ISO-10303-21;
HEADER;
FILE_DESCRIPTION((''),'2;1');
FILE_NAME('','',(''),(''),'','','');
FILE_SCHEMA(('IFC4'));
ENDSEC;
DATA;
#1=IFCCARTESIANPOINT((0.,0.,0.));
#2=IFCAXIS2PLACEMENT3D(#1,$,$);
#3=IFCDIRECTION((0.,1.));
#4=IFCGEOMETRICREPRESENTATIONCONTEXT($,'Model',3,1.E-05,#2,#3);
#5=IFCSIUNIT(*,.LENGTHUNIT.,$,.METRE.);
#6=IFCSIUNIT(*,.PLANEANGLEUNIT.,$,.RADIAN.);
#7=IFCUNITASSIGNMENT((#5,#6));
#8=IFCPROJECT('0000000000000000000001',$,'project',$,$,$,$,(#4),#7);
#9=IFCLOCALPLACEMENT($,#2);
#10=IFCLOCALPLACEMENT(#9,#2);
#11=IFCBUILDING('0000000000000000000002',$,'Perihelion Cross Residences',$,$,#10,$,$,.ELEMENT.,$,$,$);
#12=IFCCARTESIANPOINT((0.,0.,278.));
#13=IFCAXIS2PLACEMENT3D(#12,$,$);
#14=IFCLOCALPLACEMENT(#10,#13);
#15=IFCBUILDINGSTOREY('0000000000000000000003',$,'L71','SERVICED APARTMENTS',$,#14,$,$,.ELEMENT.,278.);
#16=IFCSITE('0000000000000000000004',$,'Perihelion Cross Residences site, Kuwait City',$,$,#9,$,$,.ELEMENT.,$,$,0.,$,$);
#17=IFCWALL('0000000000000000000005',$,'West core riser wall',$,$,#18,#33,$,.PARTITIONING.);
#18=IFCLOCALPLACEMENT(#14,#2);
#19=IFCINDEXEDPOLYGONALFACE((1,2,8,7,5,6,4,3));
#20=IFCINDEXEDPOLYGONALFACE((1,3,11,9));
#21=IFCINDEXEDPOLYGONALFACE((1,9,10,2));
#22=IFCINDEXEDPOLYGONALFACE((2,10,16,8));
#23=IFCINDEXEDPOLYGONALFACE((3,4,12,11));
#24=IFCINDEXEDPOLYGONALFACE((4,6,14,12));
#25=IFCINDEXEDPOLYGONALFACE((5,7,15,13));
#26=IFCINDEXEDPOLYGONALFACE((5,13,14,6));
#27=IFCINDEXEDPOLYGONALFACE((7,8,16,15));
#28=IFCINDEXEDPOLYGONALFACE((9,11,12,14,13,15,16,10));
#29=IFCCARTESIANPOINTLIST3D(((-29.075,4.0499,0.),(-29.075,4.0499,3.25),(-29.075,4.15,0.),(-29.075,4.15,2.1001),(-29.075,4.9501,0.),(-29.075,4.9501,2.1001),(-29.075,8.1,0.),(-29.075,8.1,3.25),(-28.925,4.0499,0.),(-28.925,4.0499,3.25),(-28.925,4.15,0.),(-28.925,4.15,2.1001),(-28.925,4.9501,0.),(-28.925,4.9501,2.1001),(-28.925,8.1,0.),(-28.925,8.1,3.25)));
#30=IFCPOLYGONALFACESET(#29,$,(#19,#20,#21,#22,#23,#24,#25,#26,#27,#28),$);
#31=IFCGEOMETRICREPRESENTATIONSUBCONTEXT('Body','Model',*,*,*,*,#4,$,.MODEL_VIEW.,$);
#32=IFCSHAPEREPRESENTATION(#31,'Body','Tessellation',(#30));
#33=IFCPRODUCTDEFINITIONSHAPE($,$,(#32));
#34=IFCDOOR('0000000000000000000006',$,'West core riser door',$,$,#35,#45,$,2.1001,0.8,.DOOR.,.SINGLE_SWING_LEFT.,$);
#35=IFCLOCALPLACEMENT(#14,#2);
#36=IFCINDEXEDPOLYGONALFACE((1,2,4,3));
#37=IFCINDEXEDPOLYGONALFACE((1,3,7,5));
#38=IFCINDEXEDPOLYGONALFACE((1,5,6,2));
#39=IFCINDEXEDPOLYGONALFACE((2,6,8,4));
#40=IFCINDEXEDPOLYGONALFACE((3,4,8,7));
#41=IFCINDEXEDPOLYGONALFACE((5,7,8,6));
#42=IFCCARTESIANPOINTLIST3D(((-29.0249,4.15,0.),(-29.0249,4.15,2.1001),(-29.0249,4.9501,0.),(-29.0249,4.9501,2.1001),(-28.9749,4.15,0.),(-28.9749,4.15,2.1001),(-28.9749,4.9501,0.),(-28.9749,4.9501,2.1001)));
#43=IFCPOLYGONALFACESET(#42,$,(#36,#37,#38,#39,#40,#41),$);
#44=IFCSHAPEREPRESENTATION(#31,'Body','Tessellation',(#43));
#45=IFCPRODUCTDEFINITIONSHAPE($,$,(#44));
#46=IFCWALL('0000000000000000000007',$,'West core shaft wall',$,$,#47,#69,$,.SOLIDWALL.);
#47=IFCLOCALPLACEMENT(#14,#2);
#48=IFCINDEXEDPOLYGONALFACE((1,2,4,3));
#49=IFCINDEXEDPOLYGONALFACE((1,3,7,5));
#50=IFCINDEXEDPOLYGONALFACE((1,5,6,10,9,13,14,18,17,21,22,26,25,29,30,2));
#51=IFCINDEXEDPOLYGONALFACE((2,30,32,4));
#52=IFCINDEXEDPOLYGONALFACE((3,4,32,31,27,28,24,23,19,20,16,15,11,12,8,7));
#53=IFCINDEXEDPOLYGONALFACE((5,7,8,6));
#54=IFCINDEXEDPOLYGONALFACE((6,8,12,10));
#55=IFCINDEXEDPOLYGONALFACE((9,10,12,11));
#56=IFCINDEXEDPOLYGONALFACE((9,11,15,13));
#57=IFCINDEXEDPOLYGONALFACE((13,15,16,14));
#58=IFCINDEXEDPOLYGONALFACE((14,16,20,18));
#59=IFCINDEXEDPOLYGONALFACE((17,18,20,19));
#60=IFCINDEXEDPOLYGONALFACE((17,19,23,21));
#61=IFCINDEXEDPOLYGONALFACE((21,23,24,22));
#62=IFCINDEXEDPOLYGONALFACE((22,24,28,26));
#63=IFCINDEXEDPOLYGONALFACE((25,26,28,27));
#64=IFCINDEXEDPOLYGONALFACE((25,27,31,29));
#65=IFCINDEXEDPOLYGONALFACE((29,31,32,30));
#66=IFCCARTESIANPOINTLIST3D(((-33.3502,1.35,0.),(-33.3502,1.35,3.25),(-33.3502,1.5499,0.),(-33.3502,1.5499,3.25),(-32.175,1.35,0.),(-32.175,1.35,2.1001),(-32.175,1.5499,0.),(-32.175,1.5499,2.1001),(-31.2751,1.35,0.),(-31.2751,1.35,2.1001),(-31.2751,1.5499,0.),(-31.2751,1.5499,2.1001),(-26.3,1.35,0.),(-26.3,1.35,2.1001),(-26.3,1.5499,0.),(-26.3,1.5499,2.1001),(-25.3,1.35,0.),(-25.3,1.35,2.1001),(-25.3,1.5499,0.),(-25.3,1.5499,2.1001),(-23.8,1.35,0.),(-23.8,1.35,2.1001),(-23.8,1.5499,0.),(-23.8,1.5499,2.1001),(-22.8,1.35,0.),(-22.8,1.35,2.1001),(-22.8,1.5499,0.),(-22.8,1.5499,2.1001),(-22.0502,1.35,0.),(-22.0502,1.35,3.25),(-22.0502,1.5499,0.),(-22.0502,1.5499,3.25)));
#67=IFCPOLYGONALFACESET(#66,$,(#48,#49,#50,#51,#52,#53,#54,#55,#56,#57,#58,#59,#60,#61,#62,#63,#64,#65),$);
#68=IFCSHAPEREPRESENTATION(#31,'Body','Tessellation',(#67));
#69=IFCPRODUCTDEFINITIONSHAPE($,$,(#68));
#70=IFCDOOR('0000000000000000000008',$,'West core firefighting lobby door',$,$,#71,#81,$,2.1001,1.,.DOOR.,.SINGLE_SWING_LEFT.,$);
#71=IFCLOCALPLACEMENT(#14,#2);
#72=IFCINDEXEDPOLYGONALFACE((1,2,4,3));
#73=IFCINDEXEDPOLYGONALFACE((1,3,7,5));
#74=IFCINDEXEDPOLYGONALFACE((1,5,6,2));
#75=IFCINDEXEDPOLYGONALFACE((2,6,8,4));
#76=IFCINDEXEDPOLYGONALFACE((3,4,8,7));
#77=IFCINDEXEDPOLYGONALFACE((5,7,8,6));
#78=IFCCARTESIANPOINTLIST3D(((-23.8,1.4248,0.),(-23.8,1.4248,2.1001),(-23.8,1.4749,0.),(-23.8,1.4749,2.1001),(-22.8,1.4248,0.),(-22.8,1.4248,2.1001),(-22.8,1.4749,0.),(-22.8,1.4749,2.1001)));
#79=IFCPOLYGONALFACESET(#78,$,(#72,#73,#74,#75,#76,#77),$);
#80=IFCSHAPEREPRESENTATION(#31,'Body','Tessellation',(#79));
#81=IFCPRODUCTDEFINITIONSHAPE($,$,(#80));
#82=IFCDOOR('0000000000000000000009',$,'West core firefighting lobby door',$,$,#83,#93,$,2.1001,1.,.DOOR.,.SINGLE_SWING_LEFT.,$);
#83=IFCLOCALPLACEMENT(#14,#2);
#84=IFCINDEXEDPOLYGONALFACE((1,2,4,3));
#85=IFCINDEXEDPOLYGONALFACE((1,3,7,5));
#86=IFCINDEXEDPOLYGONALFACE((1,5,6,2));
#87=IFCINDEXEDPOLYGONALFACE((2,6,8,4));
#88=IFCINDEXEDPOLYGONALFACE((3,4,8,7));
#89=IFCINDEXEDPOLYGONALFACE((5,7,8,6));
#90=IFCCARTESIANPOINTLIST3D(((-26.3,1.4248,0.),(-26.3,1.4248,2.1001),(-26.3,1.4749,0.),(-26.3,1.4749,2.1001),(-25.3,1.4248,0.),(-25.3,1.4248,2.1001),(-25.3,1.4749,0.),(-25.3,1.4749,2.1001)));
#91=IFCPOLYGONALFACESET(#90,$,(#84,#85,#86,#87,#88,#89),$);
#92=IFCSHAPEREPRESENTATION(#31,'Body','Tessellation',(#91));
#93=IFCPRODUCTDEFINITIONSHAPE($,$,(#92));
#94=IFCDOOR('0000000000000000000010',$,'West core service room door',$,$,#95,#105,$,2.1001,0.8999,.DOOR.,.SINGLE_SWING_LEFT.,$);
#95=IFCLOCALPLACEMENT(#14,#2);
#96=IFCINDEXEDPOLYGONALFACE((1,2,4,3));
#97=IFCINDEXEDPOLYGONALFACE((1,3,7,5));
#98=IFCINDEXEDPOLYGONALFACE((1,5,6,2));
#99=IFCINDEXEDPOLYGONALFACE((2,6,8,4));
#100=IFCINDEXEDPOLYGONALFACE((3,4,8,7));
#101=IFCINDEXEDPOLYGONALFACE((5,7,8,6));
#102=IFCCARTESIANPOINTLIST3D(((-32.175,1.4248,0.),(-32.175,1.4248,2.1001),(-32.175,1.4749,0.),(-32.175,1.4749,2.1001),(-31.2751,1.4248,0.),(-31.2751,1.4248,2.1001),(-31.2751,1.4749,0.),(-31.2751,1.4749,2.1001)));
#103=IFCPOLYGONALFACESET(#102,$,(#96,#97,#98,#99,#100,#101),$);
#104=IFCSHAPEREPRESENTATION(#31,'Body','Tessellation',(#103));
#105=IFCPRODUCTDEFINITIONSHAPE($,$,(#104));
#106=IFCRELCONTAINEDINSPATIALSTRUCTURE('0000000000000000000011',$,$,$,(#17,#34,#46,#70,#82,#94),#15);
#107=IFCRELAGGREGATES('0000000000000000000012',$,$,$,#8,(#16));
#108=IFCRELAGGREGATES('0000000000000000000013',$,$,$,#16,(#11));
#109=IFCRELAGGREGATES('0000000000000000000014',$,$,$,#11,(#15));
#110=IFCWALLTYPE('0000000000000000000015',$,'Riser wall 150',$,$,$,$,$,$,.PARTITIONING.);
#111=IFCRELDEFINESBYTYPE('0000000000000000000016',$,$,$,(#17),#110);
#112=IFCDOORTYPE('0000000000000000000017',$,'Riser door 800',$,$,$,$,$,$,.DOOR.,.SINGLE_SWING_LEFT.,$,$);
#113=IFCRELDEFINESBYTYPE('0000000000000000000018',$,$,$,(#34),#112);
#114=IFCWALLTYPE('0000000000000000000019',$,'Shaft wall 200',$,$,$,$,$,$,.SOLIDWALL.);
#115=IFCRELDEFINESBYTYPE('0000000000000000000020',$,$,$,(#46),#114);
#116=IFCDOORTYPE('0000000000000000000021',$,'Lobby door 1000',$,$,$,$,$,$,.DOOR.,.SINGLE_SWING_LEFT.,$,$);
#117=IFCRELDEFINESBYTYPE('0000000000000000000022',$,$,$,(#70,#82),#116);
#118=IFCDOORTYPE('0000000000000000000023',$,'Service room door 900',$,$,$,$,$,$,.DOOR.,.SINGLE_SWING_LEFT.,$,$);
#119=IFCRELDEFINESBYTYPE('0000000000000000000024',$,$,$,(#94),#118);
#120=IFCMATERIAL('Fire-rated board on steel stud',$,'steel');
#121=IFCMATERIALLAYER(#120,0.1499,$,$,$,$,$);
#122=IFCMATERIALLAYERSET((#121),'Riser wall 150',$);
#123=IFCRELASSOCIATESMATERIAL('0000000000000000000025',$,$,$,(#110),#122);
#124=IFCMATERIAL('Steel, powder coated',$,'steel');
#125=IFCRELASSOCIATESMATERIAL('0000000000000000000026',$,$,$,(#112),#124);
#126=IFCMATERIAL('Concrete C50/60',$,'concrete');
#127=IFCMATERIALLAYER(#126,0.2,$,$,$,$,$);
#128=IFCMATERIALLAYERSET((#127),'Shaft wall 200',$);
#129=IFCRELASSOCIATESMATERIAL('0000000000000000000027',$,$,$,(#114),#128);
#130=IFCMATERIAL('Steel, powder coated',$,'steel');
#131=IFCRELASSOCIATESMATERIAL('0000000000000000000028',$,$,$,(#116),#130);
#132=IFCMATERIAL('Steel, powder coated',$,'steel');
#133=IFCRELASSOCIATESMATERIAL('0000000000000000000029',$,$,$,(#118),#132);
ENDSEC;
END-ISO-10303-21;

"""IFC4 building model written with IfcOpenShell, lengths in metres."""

from ifc_helpers import new_model, si_unit, direction, frame, frame_2d, origin, place, context, subcontext, project, spatial, rectangle, extrude, material, layer, layer_set, type_object, element, fill, save


model = new_model("IFC4")

# Units and contexts
model_context = context("Model", 3, precision=1e-05, world=origin(), true_north=direction((0.0, 1.0)))
body_context = subcontext(model_context, "Body", "Model", "MODEL_VIEW")
ifc_project = project(units=[si_unit("LENGTHUNIT", "METRE"), si_unit("PLANEANGLEUNIT", "RADIAN")], contexts=[model_context])

# Site, building, storey
site_placement = place(None, origin())
site = spatial("IfcSite", under=ifc_project, at=site_placement, Name="Perihelion Cross Residences site, Kuwait City", CompositionType="ELEMENT", RefElevation=0.0)
building_placement = place(site_placement, origin())
building = spatial("IfcBuilding", under=site, at=building_placement, Name="Perihelion Cross Residences", CompositionType="ELEMENT")
storey_placement = place(building_placement, frame((0.0, 0.0, 278.0)))
storey = spatial("IfcBuildingStorey", under=building, at=storey_placement, Name="L71", Description="SERVICED APARTMENTS", CompositionType="ELEMENT", Elevation=278.0)

# Wall, opening, door
ifc_material_1 = material(Name="Fire-rated board on steel stud", Category="steel")
ifc_layer_1 = layer(ifc_material_1, 0.1499)
ifc_layer_set_1 = layer_set([ifc_layer_1], Name="Riser wall 150")
wall_type_1 = type_object("IfcWallType", Name="Riser wall 150", PredefinedType="PARTITIONING", material=ifc_layer_set_1)
wall_1_placement = place(storey_placement, frame((-29.0, 4.05, 0.0), z_axis=(0.0, 0.0, 1.0), x_axis=(0.0, 1.0, 0.0)))
wall_1 = element("IfcWall", 1, at=wall_1_placement, inside=storey, type_object=wall_type_1, Name="West core riser wall", PredefinedType="PARTITIONING", context=body_context, shape_type="SweptSolid", body=[
    extrude(rectangle(XDim=4.05, YDim=0.1499, at=frame_2d((2.0249, 0.0))), origin(), (0.0, 0.0, 1.0), 3.25),
])
opening_1_placement = place(wall_1_placement, frame((0.1001, 0.0, 0.0)))
opening_1 = element("IfcOpeningElement", 2, at=opening_1_placement, cuts=wall_1, PredefinedType="OPENING", context=body_context, shape_type="SweptSolid", body=[
    extrude(rectangle(XDim=0.8, YDim=2.1001, at=frame_2d((0.3999, 1.05))), frame((0.0, 0.085, 0.0), z_axis=(0.0, -1.0, 0.0), x_axis=(1.0, 0.0, 0.0)), (0.0, 0.0, 1.0), 0.1699),
])
ifc_material_2 = material(Name="Steel, powder coated", Category="steel")
door_type_1 = type_object("IfcDoorType", Name="Riser door 800", OperationType="SINGLE_SWING_LEFT", PredefinedType="DOOR", material=ifc_material_2)
door_1_placement = place(opening_1_placement, origin())
door_1 = element("IfcDoor", 3, at=door_1_placement, inside=storey, type_object=door_type_1, Name="West core riser door", OperationType="SINGLE_SWING_LEFT", OverallHeight=2.1001, OverallWidth=0.8, PredefinedType="DOOR", context=body_context, shape_type="SweptSolid", body=[
    extrude(rectangle(XDim=0.8, YDim=2.1001, at=frame_2d((0.3999, 1.05))), frame((0.0, 0.0249, 0.0), z_axis=(0.0, -1.0, 0.0), x_axis=(1.0, 0.0, 0.0)), (0.0, 0.0, 1.0), 0.05),
])
fill(opening_1, door_1)

# Wall, openings, doors
ifc_material_3 = material(Name="Concrete C50/60", Category="concrete")
ifc_layer_2 = layer(ifc_material_3, 0.2)
ifc_layer_set_2 = layer_set([ifc_layer_2], Name="Shaft wall 200")
wall_type_2 = type_object("IfcWallType", Name="Shaft wall 200", PredefinedType="SOLIDWALL", material=ifc_layer_set_2)
wall_2_placement = place(storey_placement, frame((-33.3501, 1.45, 0.0), z_axis=(0.0, 0.0, 1.0), x_axis=(1.0, 0.0, 0.0)))
wall_2 = element("IfcWall", 4, at=wall_2_placement, inside=storey, type_object=wall_type_2, Name="West core shaft wall", PredefinedType="SOLIDWALL", context=body_context, shape_type="SweptSolid", body=[
    extrude(rectangle(XDim=11.3, YDim=0.2, at=frame_2d((5.6499, 0.0))), origin(), (0.0, 0.0, 1.0), 3.25),
])
opening_2_placement = place(wall_2_placement, frame((9.55, 0.0, 0.0)))
opening_2 = element("IfcOpeningElement", 5, at=opening_2_placement, cuts=wall_2, PredefinedType="OPENING", context=body_context, shape_type="SweptSolid", body=[
    extrude(rectangle(XDim=1.0, YDim=2.1001, at=frame_2d((0.5, 1.05))), frame((0.0, 0.1099, 0.0), z_axis=(0.0, -1.0, 0.0), x_axis=(1.0, 0.0, 0.0)), (0.0, 0.0, 1.0), 0.22),
])
opening_3_placement = place(wall_2_placement, frame((7.05, 0.0, 0.0)))
opening_3 = element("IfcOpeningElement", 6, at=opening_3_placement, cuts=wall_2, PredefinedType="OPENING", context=body_context, shape_type="SweptSolid", body=[
    extrude(rectangle(XDim=1.0, YDim=2.1001, at=frame_2d((0.5, 1.05))), frame((0.0, 0.1099, 0.0), z_axis=(0.0, -1.0, 0.0), x_axis=(1.0, 0.0, 0.0)), (0.0, 0.0, 1.0), 0.22),
])
opening_4_placement = place(wall_2_placement, frame((1.175, 0.0, 0.0)))
opening_4 = element("IfcOpeningElement", 7, at=opening_4_placement, cuts=wall_2, PredefinedType="OPENING", context=body_context, shape_type="SweptSolid", body=[
    extrude(rectangle(XDim=0.8999, YDim=2.1001, at=frame_2d((0.45, 1.05))), frame((0.0, 0.1099, 0.0), z_axis=(0.0, -1.0, 0.0), x_axis=(1.0, 0.0, 0.0)), (0.0, 0.0, 1.0), 0.22),
])
ifc_material_4 = material(Name="Steel, powder coated", Category="steel")
door_type_2 = type_object("IfcDoorType", Name="Lobby door 1000", OperationType="SINGLE_SWING_LEFT", PredefinedType="DOOR", material=ifc_material_4)
door_2_placement = place(opening_2_placement, origin())
door_2 = element("IfcDoor", 8, at=door_2_placement, inside=storey, type_object=door_type_2, Name="West core firefighting lobby door", OperationType="SINGLE_SWING_LEFT", OverallHeight=2.1001, OverallWidth=1.0, PredefinedType="DOOR", context=body_context, shape_type="SweptSolid", body=[
    extrude(rectangle(XDim=1.0, YDim=2.1001, at=frame_2d((0.5, 1.05))), frame((0.0, 0.0249, 0.0), z_axis=(0.0, -1.0, 0.0), x_axis=(1.0, 0.0, 0.0)), (0.0, 0.0, 1.0), 0.05),
])
fill(opening_2, door_2)
door_3_placement = place(opening_3_placement, origin())
door_3 = element("IfcDoor", 9, at=door_3_placement, inside=storey, type_object=door_type_2, Name="West core firefighting lobby door", OperationType="SINGLE_SWING_LEFT", OverallHeight=2.1001, OverallWidth=1.0, PredefinedType="DOOR", context=body_context, shape_type="SweptSolid", body=[
    extrude(rectangle(XDim=1.0, YDim=2.1001, at=frame_2d((0.5, 1.05))), frame((0.0, 0.0249, 0.0), z_axis=(0.0, -1.0, 0.0), x_axis=(1.0, 0.0, 0.0)), (0.0, 0.0, 1.0), 0.05),
])
fill(opening_3, door_3)
ifc_material_5 = material(Name="Steel, powder coated", Category="steel")
door_type_3 = type_object("IfcDoorType", Name="Service room door 900", OperationType="SINGLE_SWING_LEFT", PredefinedType="DOOR", material=ifc_material_5)
door_4_placement = place(opening_4_placement, origin())
door_4 = element("IfcDoor", 10, at=door_4_placement, inside=storey, type_object=door_type_3, Name="West core service room door", OperationType="SINGLE_SWING_LEFT", OverallHeight=2.1001, OverallWidth=0.8999, PredefinedType="DOOR", context=body_context, shape_type="SweptSolid", body=[
    extrude(rectangle(XDim=0.8999, YDim=2.1001, at=frame_2d((0.45, 1.05))), frame((0.0, 0.0249, 0.0), z_axis=(0.0, -1.0, 0.0), x_axis=(1.0, 0.0, 0.0)), (0.0, 0.0, 1.0), 0.05),
])
fill(opening_4, door_4)

save(model, "model.ifc")
